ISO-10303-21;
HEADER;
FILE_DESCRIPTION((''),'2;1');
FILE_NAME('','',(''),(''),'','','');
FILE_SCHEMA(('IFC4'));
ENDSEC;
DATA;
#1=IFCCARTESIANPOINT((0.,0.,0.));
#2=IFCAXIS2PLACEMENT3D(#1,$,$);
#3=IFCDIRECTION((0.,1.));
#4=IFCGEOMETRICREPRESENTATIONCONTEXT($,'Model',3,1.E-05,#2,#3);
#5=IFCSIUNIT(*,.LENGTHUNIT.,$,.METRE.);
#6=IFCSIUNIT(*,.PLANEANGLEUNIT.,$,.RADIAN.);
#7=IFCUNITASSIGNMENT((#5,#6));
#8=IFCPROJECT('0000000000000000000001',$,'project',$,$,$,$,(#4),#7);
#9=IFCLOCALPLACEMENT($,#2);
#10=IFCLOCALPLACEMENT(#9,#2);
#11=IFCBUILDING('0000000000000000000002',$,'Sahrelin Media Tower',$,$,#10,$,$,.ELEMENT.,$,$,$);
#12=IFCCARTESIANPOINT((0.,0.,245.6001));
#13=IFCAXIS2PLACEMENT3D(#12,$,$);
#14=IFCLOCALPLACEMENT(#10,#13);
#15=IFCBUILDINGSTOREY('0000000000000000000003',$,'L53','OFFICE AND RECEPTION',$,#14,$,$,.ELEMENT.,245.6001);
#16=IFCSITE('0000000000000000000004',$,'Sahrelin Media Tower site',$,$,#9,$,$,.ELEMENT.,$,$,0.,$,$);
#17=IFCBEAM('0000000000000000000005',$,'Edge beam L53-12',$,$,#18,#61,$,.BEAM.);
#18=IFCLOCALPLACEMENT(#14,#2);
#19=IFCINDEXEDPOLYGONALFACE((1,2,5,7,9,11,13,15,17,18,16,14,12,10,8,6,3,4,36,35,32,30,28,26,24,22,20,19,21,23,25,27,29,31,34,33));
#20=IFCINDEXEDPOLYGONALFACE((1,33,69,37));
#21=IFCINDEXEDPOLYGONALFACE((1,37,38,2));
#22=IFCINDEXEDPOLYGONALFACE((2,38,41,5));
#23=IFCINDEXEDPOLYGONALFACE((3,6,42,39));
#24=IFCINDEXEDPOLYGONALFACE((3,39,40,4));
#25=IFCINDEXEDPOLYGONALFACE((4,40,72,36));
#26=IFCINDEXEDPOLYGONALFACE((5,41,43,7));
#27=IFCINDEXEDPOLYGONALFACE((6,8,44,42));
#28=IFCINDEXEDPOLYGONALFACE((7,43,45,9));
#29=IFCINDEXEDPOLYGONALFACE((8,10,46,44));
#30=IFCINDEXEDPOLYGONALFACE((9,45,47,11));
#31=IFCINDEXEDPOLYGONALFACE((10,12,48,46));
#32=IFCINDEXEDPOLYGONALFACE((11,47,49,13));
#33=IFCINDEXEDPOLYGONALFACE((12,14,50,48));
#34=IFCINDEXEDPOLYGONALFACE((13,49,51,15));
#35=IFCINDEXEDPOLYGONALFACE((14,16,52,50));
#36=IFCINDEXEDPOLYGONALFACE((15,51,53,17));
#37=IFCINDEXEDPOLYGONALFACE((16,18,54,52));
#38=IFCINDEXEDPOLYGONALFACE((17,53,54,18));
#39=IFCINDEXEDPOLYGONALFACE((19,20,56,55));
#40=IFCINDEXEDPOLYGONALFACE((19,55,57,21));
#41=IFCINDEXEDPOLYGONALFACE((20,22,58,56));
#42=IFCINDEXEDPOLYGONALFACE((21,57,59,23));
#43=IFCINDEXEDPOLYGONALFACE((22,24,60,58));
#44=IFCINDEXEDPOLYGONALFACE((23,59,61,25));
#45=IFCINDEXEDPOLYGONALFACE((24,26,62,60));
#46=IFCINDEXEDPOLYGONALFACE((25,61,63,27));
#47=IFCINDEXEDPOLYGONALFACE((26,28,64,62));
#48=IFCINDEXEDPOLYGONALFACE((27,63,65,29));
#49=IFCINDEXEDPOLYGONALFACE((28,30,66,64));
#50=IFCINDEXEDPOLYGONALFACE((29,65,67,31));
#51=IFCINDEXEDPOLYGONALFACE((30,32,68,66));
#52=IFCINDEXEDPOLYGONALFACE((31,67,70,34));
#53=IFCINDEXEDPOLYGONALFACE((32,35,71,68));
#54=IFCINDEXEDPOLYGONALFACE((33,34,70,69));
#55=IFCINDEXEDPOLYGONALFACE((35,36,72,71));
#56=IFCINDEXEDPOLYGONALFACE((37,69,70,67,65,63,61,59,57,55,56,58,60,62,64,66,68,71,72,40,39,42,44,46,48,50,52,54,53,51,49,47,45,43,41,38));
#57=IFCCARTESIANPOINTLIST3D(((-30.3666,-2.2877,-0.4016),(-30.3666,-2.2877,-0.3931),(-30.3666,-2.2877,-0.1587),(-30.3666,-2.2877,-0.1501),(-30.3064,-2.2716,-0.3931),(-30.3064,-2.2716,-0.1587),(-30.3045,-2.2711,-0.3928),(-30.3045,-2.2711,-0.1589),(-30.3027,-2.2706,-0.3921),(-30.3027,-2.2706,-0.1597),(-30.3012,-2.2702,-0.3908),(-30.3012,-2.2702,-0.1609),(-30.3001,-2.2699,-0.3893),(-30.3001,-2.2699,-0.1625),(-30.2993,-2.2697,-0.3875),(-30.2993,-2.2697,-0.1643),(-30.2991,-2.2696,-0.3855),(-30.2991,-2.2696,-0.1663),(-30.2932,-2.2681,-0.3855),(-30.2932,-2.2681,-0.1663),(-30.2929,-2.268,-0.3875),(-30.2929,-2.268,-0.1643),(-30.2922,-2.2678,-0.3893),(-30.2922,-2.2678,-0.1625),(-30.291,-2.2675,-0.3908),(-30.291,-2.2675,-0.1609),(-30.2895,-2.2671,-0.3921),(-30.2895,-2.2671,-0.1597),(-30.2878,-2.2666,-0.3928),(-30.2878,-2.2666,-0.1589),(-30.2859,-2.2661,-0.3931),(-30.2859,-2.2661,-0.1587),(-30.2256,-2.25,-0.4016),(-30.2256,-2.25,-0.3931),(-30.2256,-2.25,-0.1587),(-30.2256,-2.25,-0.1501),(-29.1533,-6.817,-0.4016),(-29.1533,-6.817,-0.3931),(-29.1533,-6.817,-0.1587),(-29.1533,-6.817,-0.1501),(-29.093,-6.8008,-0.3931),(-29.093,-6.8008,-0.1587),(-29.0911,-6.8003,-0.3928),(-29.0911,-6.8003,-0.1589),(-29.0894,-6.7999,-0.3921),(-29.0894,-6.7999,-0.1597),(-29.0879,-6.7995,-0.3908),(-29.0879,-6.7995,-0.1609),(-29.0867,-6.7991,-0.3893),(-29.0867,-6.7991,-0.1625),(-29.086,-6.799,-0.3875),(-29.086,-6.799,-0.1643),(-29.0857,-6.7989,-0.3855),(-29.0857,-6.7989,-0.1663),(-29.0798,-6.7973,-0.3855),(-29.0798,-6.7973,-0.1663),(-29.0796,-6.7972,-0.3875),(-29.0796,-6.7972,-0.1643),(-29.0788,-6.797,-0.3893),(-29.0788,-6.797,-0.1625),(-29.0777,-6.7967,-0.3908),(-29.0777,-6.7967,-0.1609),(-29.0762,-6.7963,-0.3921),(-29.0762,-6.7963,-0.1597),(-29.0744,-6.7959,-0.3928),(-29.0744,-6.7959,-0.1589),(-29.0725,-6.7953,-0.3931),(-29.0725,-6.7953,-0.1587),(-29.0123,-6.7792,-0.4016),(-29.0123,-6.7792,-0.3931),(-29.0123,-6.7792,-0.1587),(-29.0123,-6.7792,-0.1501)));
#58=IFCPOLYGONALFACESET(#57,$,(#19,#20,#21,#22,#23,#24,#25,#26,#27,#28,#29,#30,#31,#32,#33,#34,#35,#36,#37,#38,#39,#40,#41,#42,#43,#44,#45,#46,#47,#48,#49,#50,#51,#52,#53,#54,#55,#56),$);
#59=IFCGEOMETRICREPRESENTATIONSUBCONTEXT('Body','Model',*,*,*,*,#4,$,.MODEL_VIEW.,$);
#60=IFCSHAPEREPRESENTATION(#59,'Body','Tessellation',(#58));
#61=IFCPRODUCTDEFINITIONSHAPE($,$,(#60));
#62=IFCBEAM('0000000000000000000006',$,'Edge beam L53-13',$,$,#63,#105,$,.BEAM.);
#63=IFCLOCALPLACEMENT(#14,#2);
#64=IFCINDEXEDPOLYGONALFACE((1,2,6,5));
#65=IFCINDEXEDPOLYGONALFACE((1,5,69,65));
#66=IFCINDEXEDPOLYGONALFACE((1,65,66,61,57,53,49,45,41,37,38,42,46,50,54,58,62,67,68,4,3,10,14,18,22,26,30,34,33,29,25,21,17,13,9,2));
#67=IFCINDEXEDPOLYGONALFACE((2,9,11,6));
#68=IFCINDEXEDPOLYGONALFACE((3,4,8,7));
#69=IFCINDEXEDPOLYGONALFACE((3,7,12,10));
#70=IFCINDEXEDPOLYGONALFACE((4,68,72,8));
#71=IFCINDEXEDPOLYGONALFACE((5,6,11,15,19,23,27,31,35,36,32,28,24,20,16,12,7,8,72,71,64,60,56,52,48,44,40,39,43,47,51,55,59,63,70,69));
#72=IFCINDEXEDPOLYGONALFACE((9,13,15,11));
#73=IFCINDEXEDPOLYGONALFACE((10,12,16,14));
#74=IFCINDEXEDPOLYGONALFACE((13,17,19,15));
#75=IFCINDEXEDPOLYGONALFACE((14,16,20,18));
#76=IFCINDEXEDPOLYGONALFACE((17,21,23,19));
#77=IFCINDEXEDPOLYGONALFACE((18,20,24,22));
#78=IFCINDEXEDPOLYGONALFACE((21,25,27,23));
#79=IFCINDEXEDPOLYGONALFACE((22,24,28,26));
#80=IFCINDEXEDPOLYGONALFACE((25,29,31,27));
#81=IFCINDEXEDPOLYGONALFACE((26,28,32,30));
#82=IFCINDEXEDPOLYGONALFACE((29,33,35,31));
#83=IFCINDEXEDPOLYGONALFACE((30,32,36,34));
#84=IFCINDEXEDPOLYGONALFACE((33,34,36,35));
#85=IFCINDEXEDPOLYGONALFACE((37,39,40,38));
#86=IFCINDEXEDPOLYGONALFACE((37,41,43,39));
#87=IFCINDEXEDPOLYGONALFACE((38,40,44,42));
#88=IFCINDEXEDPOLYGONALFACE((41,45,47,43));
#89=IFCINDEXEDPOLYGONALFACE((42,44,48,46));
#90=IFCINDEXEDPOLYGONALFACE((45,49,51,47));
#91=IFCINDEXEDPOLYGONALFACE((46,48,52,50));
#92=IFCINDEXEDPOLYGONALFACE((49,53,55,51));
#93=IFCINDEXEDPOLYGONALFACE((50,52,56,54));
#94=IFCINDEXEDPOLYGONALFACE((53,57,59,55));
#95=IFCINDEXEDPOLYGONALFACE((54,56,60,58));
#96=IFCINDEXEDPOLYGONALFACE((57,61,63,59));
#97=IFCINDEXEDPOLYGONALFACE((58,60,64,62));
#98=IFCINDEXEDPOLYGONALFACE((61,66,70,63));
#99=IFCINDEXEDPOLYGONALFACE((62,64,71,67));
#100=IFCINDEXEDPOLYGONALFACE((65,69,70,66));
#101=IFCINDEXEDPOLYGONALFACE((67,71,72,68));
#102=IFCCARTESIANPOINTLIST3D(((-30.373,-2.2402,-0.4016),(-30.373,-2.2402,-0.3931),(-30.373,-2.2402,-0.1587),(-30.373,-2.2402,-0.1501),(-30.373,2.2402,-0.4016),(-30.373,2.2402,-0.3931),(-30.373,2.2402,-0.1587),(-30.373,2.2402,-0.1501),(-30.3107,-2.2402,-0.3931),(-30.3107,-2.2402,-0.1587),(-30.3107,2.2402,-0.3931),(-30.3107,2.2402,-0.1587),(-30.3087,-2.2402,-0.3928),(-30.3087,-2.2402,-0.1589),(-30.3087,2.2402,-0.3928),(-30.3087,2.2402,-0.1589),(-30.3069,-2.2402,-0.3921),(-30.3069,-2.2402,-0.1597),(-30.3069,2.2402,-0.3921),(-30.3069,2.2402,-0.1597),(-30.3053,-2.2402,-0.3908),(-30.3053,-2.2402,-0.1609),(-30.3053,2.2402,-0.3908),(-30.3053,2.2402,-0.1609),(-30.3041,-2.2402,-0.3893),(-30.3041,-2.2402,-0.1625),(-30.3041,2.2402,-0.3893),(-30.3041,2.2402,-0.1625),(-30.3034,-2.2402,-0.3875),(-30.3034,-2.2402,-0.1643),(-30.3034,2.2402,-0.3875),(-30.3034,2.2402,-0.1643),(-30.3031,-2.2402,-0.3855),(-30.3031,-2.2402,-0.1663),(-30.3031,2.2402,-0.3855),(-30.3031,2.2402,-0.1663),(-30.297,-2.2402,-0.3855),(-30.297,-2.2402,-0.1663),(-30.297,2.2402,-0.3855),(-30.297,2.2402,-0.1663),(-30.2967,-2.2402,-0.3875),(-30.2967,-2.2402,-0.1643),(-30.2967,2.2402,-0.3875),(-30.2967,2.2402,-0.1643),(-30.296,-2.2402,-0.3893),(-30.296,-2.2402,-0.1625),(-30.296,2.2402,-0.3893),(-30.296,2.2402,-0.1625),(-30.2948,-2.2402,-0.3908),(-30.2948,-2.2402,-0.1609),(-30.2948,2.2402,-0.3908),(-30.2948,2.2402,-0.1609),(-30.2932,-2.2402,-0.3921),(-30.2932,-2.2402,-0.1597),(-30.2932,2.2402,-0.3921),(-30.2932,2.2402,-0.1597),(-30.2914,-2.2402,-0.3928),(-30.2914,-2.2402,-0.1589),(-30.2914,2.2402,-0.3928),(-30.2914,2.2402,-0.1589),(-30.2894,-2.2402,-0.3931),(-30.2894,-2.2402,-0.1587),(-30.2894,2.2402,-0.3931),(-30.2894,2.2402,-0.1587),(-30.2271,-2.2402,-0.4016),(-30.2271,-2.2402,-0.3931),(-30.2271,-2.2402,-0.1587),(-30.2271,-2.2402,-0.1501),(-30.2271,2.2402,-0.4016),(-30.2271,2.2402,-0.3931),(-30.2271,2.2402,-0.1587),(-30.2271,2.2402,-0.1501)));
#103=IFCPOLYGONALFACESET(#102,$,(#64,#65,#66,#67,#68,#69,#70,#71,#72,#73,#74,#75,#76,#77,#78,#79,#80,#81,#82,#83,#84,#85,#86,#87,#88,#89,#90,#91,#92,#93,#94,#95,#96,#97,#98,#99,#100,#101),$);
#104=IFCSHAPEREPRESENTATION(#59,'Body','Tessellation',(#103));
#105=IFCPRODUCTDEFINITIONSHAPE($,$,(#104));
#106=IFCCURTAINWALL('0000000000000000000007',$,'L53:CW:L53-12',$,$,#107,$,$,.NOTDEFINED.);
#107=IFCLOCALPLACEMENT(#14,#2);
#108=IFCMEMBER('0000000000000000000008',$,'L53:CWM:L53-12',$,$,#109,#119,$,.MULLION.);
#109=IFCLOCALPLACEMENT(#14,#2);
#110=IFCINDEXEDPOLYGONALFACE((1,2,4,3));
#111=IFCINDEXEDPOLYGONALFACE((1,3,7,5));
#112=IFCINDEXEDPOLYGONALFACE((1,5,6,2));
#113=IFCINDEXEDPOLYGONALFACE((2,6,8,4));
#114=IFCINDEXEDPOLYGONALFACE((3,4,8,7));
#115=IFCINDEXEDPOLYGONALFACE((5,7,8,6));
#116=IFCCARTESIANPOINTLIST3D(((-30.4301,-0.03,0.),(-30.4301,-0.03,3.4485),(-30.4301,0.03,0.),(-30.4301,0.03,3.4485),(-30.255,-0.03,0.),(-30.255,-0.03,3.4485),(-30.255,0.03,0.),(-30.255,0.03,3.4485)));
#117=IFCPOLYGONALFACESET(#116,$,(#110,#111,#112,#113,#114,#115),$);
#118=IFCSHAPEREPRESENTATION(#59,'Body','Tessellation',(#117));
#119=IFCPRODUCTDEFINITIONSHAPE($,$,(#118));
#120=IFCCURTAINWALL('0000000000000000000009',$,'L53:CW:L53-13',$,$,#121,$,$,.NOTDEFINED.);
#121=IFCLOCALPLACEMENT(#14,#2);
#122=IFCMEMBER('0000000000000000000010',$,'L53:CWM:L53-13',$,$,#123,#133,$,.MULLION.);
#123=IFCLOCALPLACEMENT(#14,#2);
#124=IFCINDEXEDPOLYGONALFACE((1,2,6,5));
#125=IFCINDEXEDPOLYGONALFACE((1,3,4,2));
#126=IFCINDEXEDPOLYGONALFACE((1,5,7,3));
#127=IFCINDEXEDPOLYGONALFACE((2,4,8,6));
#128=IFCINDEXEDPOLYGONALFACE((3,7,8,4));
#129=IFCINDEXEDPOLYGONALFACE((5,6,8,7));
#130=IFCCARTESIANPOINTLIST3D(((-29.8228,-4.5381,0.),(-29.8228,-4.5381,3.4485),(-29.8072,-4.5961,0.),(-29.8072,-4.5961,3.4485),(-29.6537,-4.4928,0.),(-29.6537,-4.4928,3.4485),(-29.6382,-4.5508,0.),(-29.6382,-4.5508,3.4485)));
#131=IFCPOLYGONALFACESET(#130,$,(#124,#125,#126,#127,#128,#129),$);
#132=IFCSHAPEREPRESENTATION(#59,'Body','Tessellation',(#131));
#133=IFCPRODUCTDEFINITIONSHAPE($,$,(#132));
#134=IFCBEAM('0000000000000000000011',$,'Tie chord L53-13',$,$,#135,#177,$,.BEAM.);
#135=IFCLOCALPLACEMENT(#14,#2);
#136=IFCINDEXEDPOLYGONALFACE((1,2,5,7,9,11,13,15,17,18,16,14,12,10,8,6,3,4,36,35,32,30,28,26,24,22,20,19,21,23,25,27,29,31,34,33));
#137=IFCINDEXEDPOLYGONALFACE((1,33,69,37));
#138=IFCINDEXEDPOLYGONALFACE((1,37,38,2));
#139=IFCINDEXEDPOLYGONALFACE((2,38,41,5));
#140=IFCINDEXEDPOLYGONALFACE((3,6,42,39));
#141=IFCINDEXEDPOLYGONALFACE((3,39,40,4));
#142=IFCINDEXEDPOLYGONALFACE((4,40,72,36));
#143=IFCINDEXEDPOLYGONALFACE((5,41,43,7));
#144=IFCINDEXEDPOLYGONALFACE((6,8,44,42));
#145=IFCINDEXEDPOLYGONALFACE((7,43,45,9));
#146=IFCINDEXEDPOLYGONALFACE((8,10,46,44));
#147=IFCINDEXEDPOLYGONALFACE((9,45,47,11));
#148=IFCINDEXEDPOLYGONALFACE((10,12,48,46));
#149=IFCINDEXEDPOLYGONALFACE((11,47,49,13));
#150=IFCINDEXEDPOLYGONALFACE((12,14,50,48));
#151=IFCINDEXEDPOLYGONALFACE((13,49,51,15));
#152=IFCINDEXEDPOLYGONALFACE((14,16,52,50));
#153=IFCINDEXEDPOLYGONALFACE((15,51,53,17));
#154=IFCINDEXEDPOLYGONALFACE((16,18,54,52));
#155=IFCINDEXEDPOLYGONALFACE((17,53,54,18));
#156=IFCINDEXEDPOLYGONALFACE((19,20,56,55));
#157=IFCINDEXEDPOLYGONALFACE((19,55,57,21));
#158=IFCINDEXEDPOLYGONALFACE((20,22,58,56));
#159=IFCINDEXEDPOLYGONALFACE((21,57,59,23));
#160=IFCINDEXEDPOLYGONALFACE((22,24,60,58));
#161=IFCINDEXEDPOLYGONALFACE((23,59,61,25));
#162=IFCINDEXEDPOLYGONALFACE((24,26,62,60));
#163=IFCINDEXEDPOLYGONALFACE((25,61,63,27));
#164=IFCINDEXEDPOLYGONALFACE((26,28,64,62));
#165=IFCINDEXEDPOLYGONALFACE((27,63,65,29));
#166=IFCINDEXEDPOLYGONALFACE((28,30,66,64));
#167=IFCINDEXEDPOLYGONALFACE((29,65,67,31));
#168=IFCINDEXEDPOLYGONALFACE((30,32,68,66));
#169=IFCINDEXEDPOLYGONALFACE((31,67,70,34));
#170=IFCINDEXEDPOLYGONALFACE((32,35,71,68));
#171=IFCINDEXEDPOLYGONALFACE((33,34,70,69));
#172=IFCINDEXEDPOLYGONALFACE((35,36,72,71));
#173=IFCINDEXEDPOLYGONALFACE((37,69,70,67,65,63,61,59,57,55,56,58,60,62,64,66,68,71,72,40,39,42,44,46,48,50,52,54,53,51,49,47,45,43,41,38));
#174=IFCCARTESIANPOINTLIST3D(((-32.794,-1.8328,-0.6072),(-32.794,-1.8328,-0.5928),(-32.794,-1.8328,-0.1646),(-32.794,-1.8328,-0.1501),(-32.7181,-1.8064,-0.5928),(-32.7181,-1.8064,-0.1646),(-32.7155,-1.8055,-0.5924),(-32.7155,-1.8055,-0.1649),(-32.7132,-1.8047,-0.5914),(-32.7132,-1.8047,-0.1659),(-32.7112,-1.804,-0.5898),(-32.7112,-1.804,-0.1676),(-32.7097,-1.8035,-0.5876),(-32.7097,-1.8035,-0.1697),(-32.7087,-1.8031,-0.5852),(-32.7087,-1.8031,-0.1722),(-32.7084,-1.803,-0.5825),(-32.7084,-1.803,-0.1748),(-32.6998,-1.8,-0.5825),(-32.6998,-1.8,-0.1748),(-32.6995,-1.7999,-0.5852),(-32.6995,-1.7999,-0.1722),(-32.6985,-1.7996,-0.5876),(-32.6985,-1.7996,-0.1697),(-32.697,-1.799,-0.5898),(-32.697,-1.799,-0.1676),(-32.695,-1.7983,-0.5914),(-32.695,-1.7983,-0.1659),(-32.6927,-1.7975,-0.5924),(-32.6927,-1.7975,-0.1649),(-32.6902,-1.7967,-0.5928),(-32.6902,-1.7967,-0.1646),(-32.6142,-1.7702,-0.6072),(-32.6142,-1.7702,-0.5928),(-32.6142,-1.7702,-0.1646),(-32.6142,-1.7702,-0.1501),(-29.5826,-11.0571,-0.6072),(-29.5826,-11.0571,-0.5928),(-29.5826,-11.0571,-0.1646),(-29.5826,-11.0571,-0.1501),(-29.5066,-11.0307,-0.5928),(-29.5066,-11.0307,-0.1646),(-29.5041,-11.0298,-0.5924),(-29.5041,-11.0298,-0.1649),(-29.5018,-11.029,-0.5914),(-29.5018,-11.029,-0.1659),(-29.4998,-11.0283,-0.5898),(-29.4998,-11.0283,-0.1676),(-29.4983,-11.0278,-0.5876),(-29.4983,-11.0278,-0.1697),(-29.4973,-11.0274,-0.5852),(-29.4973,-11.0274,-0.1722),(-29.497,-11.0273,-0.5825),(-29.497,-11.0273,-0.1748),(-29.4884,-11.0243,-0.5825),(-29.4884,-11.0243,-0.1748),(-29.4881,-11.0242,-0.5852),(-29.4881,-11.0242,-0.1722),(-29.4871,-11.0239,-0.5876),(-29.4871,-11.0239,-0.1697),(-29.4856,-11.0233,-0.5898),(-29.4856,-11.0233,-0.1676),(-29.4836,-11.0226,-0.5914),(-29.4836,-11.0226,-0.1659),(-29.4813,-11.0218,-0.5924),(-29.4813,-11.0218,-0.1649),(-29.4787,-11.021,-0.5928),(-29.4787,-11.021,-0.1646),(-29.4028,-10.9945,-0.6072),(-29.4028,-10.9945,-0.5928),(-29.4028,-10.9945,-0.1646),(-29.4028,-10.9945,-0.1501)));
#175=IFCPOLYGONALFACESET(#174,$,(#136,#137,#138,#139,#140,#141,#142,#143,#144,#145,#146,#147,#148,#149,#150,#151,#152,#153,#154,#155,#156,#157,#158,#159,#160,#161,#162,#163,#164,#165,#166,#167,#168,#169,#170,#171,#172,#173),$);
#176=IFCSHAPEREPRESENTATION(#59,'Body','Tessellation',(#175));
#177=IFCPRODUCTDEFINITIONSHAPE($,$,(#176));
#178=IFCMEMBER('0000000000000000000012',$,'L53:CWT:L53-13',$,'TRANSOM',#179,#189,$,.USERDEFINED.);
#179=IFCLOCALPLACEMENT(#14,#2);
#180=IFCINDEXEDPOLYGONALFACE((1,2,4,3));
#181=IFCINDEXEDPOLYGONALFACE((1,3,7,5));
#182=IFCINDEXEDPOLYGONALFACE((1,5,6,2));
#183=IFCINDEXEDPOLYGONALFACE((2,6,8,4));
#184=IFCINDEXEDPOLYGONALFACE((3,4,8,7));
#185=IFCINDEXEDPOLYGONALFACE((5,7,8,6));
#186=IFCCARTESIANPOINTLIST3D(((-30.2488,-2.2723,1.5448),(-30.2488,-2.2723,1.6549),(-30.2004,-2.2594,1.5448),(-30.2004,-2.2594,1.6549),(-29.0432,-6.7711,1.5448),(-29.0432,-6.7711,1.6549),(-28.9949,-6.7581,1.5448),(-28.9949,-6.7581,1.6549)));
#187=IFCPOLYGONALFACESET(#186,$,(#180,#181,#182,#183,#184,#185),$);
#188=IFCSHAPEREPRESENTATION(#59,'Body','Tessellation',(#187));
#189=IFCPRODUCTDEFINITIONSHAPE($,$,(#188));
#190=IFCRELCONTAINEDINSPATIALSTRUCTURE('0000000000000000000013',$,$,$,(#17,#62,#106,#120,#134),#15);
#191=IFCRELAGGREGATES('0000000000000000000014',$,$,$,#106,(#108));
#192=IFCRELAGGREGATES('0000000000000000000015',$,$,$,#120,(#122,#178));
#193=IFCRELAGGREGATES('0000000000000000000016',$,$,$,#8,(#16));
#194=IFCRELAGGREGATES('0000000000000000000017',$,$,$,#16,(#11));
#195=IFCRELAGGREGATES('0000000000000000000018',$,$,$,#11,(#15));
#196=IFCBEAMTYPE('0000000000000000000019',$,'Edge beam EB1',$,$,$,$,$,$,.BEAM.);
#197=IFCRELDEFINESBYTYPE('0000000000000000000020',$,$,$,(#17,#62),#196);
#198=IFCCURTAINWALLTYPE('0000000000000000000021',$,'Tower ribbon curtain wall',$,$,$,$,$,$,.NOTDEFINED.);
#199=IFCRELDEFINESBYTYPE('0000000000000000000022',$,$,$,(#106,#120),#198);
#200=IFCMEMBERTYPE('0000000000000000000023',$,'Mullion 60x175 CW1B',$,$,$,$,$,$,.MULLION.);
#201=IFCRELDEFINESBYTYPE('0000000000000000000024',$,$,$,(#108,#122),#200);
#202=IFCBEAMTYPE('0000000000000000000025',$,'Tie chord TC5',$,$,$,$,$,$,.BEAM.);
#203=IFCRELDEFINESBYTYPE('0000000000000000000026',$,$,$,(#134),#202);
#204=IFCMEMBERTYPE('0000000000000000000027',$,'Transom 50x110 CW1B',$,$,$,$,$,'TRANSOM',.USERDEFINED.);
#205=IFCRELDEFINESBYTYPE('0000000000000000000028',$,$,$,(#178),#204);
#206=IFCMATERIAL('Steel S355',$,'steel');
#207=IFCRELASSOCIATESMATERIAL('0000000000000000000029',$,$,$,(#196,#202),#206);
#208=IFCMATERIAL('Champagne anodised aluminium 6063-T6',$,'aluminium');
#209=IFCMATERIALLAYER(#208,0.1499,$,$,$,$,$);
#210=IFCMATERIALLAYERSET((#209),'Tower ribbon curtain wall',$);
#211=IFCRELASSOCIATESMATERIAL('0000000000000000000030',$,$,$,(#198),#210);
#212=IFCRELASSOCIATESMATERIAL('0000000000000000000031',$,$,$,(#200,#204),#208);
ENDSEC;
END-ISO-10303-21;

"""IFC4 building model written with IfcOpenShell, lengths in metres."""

from ifc_helpers import new_model, si_unit, direction, frame, origin, origin_2d, place, context, subcontext, project, spatial, rectangle, i_section, extrude, material, layer, layer_set, material_profile, profile_set, type_object, element, aggregate, save


model = new_model("IFC4")

# Units and contexts
model_context = context("Model", 3, precision=1e-05, world=origin(), true_north=direction((0.0, 1.0)))
body_context = subcontext(model_context, "Body", "Model", "MODEL_VIEW")
ifc_project = project(units=[si_unit("LENGTHUNIT", "METRE"), si_unit("PLANEANGLEUNIT", "RADIAN")], contexts=[model_context])

# Site, building, storey
site_placement = place(None, origin())
site = spatial("IfcSite", under=ifc_project, at=site_placement, Name="Sahrelin Media Tower site", CompositionType="ELEMENT", RefElevation=0.0)
building_placement = place(site_placement, origin())
building = spatial("IfcBuilding", under=site, at=building_placement, Name="Sahrelin Media Tower", CompositionType="ELEMENT")
storey_placement = place(building_placement, frame((0.0, 0.0, 245.6001)))
storey = spatial("IfcBuildingStorey", under=building, at=storey_placement, Name="L53", Description="OFFICE AND RECEPTION", CompositionType="ELEMENT", Elevation=245.6001)

# Beams
ifc_material_1 = material(Name="Steel S355", Category="steel")
ifc_material_profile_1 = material_profile(ifc_material_1, i_section(OverallWidth=0.146, OverallDepth=0.2515, WebThickness=0.0061, FlangeThickness=0.0085, FilletRadius=0.0076, at=origin_2d()), Name="UB 254x146x31")
ifc_profile_set_1 = profile_set([ifc_material_profile_1], Name="Steel S355")
beam_type_1 = type_object("IfcBeamType", Name="Edge beam EB1", PredefinedType="BEAM", material=ifc_profile_set_1)
beam_1_placement = place(storey_placement, frame((-29.0828, -6.7981, -0.2759), z_axis=(-0.258771, 0.965939, 0.0), x_axis=(-0.965939, -0.258771, 0.0)))
element("IfcBeam", 1, at=beam_1_placement, inside=storey, type_object=beam_type_1, Name="Edge beam L53-12", PredefinedType="BEAM", context=body_context, shape_type="SweptSolid", body=[
    extrude(i_section(OverallWidth=0.146, OverallDepth=0.2515, WebThickness=0.0061, FlangeThickness=0.0085, FilletRadius=0.0076, at=origin_2d()), origin(), (0.0, 0.0, 1.0), 4.689),
])
beam_2_placement = place(storey_placement, frame((-30.3, -2.2402, -0.2759), z_axis=(0.0, 1.0, 0.0), x_axis=(-1.0, 0.0, 0.0)))
element("IfcBeam", 2, at=beam_2_placement, inside=storey, type_object=beam_type_1, Name="Edge beam L53-13", PredefinedType="BEAM", context=body_context, shape_type="SweptSolid", body=[
    extrude(i_section(OverallWidth=0.146, OverallDepth=0.2515, WebThickness=0.0061, FlangeThickness=0.0085, FilletRadius=0.0076, at=origin_2d()), origin(), (0.0, 0.0, 1.0), 4.4805),
])

# Curtain walls, members
ifc_material_2 = material(Name="Champagne anodised aluminium 6063-T6", Category="aluminium")
ifc_layer_1 = layer(ifc_material_2, 0.1499)
ifc_layer_set_1 = layer_set([ifc_layer_1], Name="Tower ribbon curtain wall")
curtain_wall_type = type_object("IfcCurtainWallType", Name="Tower ribbon curtain wall", PredefinedType="NOTDEFINED", material=ifc_layer_set_1)
curtain_wall_1_placement = place(storey_placement, frame((-30.45, 0.0, 0.0), z_axis=(0.0, 0.0, 1.0), x_axis=(1.0, 0.0, 0.0)))
curtain_wall_1 = element("IfcCurtainWall", 3, at=curtain_wall_1_placement, inside=storey, type_object=curtain_wall_type, Name="L53:CW:L53-12", PredefinedType="NOTDEFINED")
ifc_material_profile_2 = material_profile(ifc_material_2, rectangle(XDim=0.0601, YDim=0.175, at=origin_2d()), Name="Mullion 60x175")
ifc_profile_set_2 = profile_set([ifc_material_profile_2], Name="Champagne anodised aluminium 6063-T6")
member_type_1 = type_object("IfcMemberType", Name="Mullion 60x175 CW1B", PredefinedType="MULLION", material=ifc_profile_set_2)
member_1_placement = place(storey_placement, frame((-30.3425, 0.0, 0.0), z_axis=(0.0, 0.0, 1.0), x_axis=(0.0, -1.0, 0.0)))
member_1 = element("IfcMember", 4, at=member_1_placement, type_object=member_type_1, Name="L53:CWM:L53-12", PredefinedType="MULLION", context=body_context, shape_type="SweptSolid", body=[
    extrude(rectangle(XDim=0.0601, YDim=0.175, at=origin_2d()), origin(), (0.0, 0.0, 1.0), 3.4485),
])
aggregate(curtain_wall_1, [member_1])
curtain_wall_2_placement = place(storey_placement, frame((-29.8342, -4.5723, 0.0), z_axis=(0.0, 0.0, 1.0), x_axis=(1.0, 0.0, 0.0)))
curtain_wall_2 = element("IfcCurtainWall", 5, at=curtain_wall_2_placement, inside=storey, type_object=curtain_wall_type, Name="L53:CW:L53-13", PredefinedType="NOTDEFINED")
member_2_placement = place(storey_placement, frame((-29.7305, -4.5444, 0.0), z_axis=(0.0, 0.0, 1.0), x_axis=(0.258812, -0.965928, 0.0)))
member_2 = element("IfcMember", 6, at=member_2_placement, type_object=member_type_1, Name="L53:CWM:L53-13", PredefinedType="MULLION", context=body_context, shape_type="SweptSolid", body=[
    extrude(rectangle(XDim=0.0601, YDim=0.175, at=origin_2d()), origin(), (0.0, 0.0, 1.0), 3.4485),
])

# Beam
ifc_material_profile_3 = material_profile(ifc_material_1, i_section(OverallWidth=0.1904, OverallDepth=0.457, WebThickness=0.009, FlangeThickness=0.0144, FilletRadius=0.0103, at=origin_2d()), Name="UB 457x191x74")
ifc_profile_set_3 = profile_set([ifc_material_profile_3], Name="Steel S355")
beam_type_2 = type_object("IfcBeamType", Name="Tie chord TC5", PredefinedType="BEAM", material=ifc_profile_set_3)
beam_3_placement = place(storey_placement, frame((-32.7041, -1.8015, -0.3787), z_axis=(0.32879, -0.944403, 0.0), x_axis=(0.944403, 0.32879, 0.0)))
element("IfcBeam", 7, at=beam_3_placement, inside=storey, type_object=beam_type_2, Name="Tie chord L53-13", PredefinedType="BEAM", context=body_context, shape_type="SweptSolid", body=[
    extrude(i_section(OverallWidth=0.1904, OverallDepth=0.457, WebThickness=0.009, FlangeThickness=0.0144, FilletRadius=0.0103, at=origin_2d()), origin(), (0.0, 0.0, 1.0), 9.7673),
])

# Member
ifc_material_profile_4 = material_profile(ifc_material_2, rectangle(XDim=0.05, YDim=0.1101, at=origin_2d()), Name="Transom 50x110")
ifc_profile_set_4 = profile_set([ifc_material_profile_4], Name="Champagne anodised aluminium 6063-T6")
member_type_2 = type_object("IfcMemberType", Name="Transom 50x110 CW1B", ElementType="TRANSOM", PredefinedType="USERDEFINED", material=ifc_profile_set_4)
member_3_placement = place(storey_placement, frame((-30.2246, -2.2659, 1.5999), z_axis=(0.258844, -0.965919, 0.0), x_axis=(0.965919, 0.258844, 0.0)))
member_3 = element("IfcMember", 8, at=member_3_placement, type_object=member_type_2, Name="L53:CWT:L53-13", ObjectType="TRANSOM", PredefinedType="USERDEFINED", context=body_context, shape_type="SweptSolid", body=[
    extrude(rectangle(XDim=0.05, YDim=0.1101, at=origin_2d()), origin(), (0.0, 0.0, 1.0), 4.6575),
])

aggregate(curtain_wall_2, [member_2, member_3])

save(model, "model.ifc")
